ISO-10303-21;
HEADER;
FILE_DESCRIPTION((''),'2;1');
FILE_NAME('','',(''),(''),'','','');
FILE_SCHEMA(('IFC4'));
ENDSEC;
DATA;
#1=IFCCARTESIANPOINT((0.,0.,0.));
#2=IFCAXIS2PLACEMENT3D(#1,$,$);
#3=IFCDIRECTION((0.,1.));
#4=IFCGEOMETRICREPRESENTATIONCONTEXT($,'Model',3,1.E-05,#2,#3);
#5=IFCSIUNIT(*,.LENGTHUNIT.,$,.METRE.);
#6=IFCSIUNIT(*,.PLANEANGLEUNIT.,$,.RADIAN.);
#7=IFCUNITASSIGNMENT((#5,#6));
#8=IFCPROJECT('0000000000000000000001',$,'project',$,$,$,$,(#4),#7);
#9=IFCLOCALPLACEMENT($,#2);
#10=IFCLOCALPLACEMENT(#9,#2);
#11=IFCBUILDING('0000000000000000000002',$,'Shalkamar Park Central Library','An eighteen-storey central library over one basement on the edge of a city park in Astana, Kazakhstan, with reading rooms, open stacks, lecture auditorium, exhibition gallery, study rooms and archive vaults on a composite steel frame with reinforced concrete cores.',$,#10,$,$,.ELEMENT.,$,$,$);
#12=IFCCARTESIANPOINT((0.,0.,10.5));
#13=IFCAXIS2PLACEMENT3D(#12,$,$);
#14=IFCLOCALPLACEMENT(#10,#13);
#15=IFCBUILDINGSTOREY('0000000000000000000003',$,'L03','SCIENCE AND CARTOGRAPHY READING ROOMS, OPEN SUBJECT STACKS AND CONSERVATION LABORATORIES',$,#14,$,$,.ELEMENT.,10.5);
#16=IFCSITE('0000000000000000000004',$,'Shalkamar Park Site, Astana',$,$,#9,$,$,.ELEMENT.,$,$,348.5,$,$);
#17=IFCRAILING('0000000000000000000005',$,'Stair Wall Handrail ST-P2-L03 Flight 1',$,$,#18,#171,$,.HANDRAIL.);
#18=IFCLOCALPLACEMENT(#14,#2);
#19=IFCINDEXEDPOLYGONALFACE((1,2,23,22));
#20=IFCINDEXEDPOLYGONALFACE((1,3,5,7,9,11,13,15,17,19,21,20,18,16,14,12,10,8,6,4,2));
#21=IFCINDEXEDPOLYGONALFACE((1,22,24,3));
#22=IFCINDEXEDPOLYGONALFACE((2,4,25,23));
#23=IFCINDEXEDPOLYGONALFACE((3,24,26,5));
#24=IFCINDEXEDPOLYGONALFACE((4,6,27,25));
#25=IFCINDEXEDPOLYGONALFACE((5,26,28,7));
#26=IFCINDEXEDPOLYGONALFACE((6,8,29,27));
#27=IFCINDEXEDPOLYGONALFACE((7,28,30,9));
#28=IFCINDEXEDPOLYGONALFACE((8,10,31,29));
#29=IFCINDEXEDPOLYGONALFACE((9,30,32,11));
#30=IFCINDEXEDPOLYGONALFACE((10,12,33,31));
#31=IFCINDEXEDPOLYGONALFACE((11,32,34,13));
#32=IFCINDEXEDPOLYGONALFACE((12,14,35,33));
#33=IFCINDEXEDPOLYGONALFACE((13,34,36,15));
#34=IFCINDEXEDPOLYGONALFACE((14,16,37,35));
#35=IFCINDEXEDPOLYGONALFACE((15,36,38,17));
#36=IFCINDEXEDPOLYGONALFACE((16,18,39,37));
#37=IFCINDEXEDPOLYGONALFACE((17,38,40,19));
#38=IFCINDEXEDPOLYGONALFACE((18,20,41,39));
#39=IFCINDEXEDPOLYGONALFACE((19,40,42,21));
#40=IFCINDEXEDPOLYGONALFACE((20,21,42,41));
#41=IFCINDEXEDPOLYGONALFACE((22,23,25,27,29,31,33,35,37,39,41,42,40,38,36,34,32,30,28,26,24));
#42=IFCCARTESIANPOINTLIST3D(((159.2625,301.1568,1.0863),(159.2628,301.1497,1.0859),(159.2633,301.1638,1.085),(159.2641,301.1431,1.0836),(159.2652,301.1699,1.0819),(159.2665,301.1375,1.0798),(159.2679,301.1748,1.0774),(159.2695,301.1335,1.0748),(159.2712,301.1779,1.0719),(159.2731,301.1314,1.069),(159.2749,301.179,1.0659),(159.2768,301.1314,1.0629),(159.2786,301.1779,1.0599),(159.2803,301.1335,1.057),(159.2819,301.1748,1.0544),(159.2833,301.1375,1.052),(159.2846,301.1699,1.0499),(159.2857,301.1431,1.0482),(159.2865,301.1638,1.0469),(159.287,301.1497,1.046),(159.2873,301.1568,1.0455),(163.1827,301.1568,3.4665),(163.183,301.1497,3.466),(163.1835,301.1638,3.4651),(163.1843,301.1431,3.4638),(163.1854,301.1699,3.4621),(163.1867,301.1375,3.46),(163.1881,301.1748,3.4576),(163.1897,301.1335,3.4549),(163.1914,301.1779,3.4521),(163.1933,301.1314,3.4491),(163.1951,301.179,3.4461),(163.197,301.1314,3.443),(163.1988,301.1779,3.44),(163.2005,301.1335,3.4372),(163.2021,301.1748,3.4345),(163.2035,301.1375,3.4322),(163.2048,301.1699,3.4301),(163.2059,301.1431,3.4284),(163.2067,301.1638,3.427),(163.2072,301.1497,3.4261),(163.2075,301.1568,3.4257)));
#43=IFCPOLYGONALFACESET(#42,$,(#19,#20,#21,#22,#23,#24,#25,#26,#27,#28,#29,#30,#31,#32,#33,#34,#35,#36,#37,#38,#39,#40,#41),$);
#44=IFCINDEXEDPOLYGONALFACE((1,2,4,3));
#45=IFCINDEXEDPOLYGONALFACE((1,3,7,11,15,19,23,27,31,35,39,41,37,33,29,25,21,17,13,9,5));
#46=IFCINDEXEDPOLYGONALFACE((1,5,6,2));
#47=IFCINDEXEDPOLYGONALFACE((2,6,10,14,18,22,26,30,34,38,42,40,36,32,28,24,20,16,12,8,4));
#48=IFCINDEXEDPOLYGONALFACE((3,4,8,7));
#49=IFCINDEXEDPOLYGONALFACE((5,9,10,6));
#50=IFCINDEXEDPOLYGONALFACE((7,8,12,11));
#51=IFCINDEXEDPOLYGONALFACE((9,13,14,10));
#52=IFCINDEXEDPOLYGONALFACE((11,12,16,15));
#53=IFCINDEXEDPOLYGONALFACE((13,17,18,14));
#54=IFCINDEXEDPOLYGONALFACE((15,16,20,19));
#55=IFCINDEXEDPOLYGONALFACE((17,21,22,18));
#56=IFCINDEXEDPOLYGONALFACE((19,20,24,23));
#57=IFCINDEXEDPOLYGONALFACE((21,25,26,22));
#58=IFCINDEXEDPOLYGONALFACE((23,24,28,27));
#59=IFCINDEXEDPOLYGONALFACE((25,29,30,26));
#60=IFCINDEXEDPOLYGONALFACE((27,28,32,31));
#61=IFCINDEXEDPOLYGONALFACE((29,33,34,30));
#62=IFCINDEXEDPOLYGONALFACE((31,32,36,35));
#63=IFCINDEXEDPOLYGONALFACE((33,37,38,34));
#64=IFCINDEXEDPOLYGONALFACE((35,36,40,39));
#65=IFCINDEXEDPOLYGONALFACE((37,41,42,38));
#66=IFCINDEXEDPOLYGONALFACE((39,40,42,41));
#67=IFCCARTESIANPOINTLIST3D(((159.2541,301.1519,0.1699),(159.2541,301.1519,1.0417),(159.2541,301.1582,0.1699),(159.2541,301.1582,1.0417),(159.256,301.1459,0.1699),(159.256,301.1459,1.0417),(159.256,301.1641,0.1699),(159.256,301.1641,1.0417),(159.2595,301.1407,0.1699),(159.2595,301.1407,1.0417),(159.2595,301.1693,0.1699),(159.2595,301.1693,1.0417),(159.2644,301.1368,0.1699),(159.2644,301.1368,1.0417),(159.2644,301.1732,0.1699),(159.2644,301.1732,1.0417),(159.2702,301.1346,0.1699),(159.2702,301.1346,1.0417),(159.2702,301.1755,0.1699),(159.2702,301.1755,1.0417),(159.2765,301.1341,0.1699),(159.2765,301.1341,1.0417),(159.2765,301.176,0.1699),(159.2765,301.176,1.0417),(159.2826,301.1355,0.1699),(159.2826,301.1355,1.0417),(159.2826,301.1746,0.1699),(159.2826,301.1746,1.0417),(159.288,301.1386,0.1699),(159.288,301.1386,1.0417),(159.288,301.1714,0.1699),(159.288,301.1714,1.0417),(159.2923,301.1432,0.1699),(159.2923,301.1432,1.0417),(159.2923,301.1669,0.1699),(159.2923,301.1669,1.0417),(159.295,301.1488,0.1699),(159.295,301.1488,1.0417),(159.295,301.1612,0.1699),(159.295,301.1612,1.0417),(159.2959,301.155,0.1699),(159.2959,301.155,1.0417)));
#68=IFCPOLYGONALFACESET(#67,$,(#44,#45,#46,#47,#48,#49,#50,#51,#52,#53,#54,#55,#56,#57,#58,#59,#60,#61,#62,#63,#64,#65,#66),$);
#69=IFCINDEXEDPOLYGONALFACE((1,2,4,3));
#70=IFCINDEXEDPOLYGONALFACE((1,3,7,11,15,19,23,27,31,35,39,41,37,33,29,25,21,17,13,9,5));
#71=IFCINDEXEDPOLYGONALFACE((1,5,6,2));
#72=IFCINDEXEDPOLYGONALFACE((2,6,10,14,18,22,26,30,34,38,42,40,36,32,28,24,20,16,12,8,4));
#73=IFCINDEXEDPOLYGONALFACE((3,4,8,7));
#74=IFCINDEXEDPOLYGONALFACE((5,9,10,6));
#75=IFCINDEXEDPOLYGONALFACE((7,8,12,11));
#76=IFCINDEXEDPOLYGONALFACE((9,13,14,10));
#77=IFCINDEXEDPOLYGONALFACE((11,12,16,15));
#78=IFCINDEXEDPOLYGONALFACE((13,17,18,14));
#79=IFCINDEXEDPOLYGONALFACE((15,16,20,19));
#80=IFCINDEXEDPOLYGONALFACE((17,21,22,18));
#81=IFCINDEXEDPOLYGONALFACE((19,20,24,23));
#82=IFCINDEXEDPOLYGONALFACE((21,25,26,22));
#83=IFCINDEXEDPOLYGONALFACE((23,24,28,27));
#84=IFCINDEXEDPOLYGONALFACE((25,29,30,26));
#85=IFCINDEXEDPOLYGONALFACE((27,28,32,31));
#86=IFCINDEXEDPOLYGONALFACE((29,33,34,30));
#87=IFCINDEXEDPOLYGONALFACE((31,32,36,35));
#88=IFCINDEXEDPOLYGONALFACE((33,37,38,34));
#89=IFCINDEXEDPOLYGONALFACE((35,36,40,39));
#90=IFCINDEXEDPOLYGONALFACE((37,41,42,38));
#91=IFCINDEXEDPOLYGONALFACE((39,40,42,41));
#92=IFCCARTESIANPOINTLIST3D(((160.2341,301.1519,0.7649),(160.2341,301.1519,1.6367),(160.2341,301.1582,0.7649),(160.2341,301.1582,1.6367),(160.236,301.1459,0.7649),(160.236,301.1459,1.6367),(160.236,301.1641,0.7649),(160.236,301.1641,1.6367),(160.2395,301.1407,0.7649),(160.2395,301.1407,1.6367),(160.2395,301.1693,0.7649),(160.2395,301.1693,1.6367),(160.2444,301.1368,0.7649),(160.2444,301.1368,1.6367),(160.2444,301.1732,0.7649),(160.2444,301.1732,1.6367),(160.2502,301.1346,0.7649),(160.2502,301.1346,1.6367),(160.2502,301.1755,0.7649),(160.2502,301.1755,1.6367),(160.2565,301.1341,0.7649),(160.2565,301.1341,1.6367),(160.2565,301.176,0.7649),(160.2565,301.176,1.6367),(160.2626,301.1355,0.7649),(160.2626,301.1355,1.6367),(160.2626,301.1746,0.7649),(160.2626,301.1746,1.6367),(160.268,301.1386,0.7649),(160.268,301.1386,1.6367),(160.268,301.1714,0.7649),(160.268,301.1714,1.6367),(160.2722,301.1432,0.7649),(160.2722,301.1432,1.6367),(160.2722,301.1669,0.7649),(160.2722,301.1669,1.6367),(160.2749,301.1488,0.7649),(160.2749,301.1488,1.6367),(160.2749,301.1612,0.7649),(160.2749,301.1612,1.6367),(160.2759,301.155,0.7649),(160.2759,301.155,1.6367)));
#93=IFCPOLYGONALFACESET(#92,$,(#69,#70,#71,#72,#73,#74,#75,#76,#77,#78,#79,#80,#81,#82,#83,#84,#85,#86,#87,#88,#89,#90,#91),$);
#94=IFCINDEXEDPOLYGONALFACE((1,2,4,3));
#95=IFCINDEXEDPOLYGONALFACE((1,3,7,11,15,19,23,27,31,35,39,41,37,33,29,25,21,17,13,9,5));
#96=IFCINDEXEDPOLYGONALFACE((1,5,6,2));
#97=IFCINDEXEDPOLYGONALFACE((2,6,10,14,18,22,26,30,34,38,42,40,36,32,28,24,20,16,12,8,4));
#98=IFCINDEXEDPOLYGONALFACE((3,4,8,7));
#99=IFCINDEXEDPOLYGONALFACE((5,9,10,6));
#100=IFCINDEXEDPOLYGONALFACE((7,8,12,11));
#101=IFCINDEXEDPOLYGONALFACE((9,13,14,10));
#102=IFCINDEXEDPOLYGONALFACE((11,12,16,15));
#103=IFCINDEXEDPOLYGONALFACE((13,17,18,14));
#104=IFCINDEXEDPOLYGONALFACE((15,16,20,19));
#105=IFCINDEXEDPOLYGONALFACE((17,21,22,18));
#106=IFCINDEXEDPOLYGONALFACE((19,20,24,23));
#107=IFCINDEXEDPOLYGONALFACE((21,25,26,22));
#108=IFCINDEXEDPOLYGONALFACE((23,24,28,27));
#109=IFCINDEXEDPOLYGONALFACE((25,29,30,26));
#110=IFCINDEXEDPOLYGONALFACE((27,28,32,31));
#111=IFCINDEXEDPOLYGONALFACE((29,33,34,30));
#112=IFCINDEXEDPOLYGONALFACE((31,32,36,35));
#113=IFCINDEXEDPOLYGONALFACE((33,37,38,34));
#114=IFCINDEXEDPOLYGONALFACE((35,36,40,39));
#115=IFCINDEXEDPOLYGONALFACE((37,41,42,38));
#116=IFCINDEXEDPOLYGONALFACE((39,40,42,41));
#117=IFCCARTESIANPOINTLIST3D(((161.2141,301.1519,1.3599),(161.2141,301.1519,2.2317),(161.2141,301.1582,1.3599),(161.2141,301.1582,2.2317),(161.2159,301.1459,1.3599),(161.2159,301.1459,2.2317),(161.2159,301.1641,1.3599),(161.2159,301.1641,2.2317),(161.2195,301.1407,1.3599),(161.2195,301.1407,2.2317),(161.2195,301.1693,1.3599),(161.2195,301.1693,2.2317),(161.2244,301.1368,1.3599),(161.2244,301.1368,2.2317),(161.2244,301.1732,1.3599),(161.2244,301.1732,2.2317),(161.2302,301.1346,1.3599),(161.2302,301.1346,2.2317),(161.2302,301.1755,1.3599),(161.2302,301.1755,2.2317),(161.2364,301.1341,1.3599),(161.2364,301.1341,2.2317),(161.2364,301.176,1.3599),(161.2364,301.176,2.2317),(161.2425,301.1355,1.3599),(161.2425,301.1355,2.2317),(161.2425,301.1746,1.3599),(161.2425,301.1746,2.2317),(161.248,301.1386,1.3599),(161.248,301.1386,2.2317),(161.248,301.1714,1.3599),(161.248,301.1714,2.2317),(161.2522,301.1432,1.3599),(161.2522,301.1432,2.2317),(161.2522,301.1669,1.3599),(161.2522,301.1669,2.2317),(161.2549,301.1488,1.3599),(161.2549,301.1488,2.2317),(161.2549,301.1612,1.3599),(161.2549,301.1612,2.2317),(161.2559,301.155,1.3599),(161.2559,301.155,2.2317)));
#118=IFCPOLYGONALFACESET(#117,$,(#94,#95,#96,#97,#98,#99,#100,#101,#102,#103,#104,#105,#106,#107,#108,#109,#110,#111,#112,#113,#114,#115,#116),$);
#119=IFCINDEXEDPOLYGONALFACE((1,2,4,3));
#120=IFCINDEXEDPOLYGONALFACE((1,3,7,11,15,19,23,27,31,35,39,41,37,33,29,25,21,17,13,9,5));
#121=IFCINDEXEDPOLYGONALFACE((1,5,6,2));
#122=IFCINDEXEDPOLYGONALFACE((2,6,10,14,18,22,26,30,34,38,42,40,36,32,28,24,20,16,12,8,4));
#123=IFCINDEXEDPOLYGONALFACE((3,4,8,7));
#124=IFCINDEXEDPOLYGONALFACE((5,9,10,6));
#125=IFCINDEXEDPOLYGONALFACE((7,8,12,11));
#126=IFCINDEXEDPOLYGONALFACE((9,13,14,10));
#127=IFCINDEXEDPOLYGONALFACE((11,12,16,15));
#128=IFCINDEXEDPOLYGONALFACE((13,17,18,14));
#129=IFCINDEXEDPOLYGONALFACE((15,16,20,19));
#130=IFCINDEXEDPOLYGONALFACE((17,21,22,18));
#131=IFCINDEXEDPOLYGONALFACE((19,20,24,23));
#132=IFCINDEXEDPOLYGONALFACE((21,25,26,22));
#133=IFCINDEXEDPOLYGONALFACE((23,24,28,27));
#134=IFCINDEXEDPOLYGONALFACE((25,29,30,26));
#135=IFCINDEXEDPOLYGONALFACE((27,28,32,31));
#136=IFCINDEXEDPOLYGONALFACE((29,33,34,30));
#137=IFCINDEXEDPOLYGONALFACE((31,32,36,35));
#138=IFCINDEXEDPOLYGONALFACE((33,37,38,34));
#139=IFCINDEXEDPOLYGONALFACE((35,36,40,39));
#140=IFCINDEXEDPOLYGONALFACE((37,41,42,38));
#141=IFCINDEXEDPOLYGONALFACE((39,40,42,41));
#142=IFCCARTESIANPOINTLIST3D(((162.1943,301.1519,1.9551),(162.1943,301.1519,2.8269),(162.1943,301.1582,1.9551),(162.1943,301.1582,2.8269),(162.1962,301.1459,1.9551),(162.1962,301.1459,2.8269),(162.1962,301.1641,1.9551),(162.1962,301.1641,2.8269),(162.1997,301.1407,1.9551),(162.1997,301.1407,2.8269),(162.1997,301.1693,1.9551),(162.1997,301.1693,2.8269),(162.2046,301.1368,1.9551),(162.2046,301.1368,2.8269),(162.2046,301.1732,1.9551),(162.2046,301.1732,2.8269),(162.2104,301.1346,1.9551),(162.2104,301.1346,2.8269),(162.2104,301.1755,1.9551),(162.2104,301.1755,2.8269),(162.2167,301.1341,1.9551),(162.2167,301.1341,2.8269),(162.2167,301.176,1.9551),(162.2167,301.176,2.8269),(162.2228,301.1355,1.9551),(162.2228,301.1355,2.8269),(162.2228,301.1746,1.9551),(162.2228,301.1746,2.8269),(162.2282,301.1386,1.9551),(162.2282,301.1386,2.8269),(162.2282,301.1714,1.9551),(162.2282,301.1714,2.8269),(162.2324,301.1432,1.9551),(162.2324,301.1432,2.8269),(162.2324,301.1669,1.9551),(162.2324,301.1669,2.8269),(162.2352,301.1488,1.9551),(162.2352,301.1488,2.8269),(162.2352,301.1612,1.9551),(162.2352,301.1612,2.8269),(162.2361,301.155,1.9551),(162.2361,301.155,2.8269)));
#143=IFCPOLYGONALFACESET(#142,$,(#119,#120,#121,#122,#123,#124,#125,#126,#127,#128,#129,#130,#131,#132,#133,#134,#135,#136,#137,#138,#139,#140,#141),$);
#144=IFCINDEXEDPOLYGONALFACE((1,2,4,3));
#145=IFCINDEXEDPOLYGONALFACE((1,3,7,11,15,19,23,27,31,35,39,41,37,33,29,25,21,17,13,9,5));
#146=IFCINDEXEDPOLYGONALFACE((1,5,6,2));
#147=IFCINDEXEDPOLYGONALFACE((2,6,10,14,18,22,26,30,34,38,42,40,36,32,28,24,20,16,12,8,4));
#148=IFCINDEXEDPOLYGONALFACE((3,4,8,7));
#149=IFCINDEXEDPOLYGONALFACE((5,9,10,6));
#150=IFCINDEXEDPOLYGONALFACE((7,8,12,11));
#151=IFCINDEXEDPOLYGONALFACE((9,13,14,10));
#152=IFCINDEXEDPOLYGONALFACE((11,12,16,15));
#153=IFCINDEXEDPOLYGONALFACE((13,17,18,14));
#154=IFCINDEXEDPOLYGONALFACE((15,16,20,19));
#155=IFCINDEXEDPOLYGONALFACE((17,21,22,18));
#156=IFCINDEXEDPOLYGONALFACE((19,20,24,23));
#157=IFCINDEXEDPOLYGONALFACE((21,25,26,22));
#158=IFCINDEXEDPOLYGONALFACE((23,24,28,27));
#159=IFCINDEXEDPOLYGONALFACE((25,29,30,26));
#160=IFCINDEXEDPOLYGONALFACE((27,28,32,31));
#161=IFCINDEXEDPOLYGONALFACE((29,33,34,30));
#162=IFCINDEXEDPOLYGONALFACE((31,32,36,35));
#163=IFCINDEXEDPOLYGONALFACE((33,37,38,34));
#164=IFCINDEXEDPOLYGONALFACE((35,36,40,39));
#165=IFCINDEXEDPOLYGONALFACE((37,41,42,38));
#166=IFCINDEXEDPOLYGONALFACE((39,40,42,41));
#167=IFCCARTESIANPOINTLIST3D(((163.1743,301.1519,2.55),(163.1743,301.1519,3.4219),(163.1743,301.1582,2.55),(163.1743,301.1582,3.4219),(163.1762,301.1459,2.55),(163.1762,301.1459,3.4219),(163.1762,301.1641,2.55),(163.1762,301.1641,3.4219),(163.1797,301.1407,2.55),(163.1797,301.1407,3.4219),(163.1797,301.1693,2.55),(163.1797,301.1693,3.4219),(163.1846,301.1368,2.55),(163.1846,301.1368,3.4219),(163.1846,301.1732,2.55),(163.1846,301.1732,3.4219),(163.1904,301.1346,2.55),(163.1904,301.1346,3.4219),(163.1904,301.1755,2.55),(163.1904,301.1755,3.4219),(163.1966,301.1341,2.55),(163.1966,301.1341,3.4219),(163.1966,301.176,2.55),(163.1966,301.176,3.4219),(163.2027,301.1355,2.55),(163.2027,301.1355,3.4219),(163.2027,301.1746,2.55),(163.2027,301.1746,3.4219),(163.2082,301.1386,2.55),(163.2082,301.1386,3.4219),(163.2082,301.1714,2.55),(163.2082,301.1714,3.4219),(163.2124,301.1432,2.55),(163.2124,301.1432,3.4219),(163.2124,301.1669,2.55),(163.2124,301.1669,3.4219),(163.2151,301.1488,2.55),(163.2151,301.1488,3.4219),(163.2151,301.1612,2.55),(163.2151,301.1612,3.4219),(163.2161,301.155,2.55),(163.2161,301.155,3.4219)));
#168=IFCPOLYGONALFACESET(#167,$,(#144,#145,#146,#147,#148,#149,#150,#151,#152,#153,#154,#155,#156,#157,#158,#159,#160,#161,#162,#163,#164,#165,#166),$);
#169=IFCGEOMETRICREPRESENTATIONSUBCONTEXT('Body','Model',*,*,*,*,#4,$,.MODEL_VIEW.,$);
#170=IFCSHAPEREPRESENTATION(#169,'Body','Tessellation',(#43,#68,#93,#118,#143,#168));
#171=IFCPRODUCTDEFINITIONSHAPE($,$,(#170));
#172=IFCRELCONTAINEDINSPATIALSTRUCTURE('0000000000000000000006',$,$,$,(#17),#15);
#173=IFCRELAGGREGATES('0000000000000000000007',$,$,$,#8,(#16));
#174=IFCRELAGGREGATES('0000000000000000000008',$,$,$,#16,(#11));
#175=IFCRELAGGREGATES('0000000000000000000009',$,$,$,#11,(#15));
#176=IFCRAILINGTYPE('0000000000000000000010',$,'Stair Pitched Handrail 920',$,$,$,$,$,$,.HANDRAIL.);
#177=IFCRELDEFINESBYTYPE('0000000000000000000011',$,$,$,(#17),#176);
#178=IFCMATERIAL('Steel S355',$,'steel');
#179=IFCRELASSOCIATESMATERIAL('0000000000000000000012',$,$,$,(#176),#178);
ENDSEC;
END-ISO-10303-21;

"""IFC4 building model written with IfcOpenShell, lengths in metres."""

from ifc_helpers import new_model, si_unit, direction, frame, origin, origin_2d, place, context, subcontext, project, spatial, circle, extrude, material, type_object, element, save


model = new_model("IFC4")

# Units and contexts
model_context = context("Model", 3, precision=1e-05, world=origin(), true_north=direction((0.0, 1.0)))
body_context = subcontext(model_context, "Body", "Model", "MODEL_VIEW")
ifc_project = project(units=[si_unit("LENGTHUNIT", "METRE"), si_unit("PLANEANGLEUNIT", "RADIAN")], contexts=[model_context])

# Site, building, storey
site_placement = place(None, origin())
site = spatial("IfcSite", under=ifc_project, at=site_placement, Name="Shalkamar Park Site, Astana", CompositionType="ELEMENT", RefElevation=348.5)
building_placement = place(site_placement, origin())
building = spatial("IfcBuilding", under=site, at=building_placement, Name="Shalkamar Park Central Library", Description="An eighteen-storey central library over one basement on the edge of a city park in Astana, Kazakhstan, with reading rooms, open stacks, lecture auditorium, exhibition gallery, study rooms and archive vaults on a composite steel frame with reinforced concrete cores.", CompositionType="ELEMENT")
storey_placement = place(building_placement, frame((0.0, 0.0, 10.5)))
storey = spatial("IfcBuildingStorey", under=building, at=storey_placement, Name="L03", Description="SCIENCE AND CARTOGRAPHY READING ROOMS, OPEN SUBJECT STACKS AND CONSERVATION LABORATORIES", CompositionType="ELEMENT", Elevation=10.5)

# Shared definitions
ifc_material_1 = material(Name="Steel S355", Category="steel")

# Railing
railing_type = type_object("IfcRailingType", Name="Stair Pitched Handrail 920", PredefinedType="HANDRAIL", material=ifc_material_1)
railing_placement = place(storey_placement, frame((159.2749, 301.155, 0.1699)))
element("IfcRailing", 1, at=railing_placement, inside=storey, type_object=railing_type, Name="Stair Wall Handrail ST-P2-L03 Flight 1", PredefinedType="HANDRAIL", context=body_context, shape_type="SweptSolid", body=[
    extrude(circle(Radius=0.0239, at=origin_2d()), frame((0.0, 0.0, 0.896), z_axis=(0.854785, 0.0, 0.518982), x_axis=(0.0, 1.0, 0.0)), (0.0, 0.0, 1.0), 4.5862),
    extrude(circle(Radius=0.021, at=origin_2d()), origin(), (0.0, 0.0, 1.0), 0.8718),
    extrude(circle(Radius=0.021, at=origin_2d()), frame((0.98, 0.0, 0.595)), (0.0, 0.0, 1.0), 0.8718),
    extrude(circle(Radius=0.021, at=origin_2d()), frame((1.96, 0.0, 1.1899)), (0.0, 0.0, 1.0), 0.8718),
    extrude(circle(Radius=0.021, at=origin_2d()), frame((2.9402, 0.0, 1.7852)), (0.0, 0.0, 1.0), 0.8718),
    extrude(circle(Radius=0.021, at=origin_2d()), frame((3.9202, 0.0, 2.3801)), (0.0, 0.0, 1.0), 0.8718),
])

save(model, "model.ifc")
